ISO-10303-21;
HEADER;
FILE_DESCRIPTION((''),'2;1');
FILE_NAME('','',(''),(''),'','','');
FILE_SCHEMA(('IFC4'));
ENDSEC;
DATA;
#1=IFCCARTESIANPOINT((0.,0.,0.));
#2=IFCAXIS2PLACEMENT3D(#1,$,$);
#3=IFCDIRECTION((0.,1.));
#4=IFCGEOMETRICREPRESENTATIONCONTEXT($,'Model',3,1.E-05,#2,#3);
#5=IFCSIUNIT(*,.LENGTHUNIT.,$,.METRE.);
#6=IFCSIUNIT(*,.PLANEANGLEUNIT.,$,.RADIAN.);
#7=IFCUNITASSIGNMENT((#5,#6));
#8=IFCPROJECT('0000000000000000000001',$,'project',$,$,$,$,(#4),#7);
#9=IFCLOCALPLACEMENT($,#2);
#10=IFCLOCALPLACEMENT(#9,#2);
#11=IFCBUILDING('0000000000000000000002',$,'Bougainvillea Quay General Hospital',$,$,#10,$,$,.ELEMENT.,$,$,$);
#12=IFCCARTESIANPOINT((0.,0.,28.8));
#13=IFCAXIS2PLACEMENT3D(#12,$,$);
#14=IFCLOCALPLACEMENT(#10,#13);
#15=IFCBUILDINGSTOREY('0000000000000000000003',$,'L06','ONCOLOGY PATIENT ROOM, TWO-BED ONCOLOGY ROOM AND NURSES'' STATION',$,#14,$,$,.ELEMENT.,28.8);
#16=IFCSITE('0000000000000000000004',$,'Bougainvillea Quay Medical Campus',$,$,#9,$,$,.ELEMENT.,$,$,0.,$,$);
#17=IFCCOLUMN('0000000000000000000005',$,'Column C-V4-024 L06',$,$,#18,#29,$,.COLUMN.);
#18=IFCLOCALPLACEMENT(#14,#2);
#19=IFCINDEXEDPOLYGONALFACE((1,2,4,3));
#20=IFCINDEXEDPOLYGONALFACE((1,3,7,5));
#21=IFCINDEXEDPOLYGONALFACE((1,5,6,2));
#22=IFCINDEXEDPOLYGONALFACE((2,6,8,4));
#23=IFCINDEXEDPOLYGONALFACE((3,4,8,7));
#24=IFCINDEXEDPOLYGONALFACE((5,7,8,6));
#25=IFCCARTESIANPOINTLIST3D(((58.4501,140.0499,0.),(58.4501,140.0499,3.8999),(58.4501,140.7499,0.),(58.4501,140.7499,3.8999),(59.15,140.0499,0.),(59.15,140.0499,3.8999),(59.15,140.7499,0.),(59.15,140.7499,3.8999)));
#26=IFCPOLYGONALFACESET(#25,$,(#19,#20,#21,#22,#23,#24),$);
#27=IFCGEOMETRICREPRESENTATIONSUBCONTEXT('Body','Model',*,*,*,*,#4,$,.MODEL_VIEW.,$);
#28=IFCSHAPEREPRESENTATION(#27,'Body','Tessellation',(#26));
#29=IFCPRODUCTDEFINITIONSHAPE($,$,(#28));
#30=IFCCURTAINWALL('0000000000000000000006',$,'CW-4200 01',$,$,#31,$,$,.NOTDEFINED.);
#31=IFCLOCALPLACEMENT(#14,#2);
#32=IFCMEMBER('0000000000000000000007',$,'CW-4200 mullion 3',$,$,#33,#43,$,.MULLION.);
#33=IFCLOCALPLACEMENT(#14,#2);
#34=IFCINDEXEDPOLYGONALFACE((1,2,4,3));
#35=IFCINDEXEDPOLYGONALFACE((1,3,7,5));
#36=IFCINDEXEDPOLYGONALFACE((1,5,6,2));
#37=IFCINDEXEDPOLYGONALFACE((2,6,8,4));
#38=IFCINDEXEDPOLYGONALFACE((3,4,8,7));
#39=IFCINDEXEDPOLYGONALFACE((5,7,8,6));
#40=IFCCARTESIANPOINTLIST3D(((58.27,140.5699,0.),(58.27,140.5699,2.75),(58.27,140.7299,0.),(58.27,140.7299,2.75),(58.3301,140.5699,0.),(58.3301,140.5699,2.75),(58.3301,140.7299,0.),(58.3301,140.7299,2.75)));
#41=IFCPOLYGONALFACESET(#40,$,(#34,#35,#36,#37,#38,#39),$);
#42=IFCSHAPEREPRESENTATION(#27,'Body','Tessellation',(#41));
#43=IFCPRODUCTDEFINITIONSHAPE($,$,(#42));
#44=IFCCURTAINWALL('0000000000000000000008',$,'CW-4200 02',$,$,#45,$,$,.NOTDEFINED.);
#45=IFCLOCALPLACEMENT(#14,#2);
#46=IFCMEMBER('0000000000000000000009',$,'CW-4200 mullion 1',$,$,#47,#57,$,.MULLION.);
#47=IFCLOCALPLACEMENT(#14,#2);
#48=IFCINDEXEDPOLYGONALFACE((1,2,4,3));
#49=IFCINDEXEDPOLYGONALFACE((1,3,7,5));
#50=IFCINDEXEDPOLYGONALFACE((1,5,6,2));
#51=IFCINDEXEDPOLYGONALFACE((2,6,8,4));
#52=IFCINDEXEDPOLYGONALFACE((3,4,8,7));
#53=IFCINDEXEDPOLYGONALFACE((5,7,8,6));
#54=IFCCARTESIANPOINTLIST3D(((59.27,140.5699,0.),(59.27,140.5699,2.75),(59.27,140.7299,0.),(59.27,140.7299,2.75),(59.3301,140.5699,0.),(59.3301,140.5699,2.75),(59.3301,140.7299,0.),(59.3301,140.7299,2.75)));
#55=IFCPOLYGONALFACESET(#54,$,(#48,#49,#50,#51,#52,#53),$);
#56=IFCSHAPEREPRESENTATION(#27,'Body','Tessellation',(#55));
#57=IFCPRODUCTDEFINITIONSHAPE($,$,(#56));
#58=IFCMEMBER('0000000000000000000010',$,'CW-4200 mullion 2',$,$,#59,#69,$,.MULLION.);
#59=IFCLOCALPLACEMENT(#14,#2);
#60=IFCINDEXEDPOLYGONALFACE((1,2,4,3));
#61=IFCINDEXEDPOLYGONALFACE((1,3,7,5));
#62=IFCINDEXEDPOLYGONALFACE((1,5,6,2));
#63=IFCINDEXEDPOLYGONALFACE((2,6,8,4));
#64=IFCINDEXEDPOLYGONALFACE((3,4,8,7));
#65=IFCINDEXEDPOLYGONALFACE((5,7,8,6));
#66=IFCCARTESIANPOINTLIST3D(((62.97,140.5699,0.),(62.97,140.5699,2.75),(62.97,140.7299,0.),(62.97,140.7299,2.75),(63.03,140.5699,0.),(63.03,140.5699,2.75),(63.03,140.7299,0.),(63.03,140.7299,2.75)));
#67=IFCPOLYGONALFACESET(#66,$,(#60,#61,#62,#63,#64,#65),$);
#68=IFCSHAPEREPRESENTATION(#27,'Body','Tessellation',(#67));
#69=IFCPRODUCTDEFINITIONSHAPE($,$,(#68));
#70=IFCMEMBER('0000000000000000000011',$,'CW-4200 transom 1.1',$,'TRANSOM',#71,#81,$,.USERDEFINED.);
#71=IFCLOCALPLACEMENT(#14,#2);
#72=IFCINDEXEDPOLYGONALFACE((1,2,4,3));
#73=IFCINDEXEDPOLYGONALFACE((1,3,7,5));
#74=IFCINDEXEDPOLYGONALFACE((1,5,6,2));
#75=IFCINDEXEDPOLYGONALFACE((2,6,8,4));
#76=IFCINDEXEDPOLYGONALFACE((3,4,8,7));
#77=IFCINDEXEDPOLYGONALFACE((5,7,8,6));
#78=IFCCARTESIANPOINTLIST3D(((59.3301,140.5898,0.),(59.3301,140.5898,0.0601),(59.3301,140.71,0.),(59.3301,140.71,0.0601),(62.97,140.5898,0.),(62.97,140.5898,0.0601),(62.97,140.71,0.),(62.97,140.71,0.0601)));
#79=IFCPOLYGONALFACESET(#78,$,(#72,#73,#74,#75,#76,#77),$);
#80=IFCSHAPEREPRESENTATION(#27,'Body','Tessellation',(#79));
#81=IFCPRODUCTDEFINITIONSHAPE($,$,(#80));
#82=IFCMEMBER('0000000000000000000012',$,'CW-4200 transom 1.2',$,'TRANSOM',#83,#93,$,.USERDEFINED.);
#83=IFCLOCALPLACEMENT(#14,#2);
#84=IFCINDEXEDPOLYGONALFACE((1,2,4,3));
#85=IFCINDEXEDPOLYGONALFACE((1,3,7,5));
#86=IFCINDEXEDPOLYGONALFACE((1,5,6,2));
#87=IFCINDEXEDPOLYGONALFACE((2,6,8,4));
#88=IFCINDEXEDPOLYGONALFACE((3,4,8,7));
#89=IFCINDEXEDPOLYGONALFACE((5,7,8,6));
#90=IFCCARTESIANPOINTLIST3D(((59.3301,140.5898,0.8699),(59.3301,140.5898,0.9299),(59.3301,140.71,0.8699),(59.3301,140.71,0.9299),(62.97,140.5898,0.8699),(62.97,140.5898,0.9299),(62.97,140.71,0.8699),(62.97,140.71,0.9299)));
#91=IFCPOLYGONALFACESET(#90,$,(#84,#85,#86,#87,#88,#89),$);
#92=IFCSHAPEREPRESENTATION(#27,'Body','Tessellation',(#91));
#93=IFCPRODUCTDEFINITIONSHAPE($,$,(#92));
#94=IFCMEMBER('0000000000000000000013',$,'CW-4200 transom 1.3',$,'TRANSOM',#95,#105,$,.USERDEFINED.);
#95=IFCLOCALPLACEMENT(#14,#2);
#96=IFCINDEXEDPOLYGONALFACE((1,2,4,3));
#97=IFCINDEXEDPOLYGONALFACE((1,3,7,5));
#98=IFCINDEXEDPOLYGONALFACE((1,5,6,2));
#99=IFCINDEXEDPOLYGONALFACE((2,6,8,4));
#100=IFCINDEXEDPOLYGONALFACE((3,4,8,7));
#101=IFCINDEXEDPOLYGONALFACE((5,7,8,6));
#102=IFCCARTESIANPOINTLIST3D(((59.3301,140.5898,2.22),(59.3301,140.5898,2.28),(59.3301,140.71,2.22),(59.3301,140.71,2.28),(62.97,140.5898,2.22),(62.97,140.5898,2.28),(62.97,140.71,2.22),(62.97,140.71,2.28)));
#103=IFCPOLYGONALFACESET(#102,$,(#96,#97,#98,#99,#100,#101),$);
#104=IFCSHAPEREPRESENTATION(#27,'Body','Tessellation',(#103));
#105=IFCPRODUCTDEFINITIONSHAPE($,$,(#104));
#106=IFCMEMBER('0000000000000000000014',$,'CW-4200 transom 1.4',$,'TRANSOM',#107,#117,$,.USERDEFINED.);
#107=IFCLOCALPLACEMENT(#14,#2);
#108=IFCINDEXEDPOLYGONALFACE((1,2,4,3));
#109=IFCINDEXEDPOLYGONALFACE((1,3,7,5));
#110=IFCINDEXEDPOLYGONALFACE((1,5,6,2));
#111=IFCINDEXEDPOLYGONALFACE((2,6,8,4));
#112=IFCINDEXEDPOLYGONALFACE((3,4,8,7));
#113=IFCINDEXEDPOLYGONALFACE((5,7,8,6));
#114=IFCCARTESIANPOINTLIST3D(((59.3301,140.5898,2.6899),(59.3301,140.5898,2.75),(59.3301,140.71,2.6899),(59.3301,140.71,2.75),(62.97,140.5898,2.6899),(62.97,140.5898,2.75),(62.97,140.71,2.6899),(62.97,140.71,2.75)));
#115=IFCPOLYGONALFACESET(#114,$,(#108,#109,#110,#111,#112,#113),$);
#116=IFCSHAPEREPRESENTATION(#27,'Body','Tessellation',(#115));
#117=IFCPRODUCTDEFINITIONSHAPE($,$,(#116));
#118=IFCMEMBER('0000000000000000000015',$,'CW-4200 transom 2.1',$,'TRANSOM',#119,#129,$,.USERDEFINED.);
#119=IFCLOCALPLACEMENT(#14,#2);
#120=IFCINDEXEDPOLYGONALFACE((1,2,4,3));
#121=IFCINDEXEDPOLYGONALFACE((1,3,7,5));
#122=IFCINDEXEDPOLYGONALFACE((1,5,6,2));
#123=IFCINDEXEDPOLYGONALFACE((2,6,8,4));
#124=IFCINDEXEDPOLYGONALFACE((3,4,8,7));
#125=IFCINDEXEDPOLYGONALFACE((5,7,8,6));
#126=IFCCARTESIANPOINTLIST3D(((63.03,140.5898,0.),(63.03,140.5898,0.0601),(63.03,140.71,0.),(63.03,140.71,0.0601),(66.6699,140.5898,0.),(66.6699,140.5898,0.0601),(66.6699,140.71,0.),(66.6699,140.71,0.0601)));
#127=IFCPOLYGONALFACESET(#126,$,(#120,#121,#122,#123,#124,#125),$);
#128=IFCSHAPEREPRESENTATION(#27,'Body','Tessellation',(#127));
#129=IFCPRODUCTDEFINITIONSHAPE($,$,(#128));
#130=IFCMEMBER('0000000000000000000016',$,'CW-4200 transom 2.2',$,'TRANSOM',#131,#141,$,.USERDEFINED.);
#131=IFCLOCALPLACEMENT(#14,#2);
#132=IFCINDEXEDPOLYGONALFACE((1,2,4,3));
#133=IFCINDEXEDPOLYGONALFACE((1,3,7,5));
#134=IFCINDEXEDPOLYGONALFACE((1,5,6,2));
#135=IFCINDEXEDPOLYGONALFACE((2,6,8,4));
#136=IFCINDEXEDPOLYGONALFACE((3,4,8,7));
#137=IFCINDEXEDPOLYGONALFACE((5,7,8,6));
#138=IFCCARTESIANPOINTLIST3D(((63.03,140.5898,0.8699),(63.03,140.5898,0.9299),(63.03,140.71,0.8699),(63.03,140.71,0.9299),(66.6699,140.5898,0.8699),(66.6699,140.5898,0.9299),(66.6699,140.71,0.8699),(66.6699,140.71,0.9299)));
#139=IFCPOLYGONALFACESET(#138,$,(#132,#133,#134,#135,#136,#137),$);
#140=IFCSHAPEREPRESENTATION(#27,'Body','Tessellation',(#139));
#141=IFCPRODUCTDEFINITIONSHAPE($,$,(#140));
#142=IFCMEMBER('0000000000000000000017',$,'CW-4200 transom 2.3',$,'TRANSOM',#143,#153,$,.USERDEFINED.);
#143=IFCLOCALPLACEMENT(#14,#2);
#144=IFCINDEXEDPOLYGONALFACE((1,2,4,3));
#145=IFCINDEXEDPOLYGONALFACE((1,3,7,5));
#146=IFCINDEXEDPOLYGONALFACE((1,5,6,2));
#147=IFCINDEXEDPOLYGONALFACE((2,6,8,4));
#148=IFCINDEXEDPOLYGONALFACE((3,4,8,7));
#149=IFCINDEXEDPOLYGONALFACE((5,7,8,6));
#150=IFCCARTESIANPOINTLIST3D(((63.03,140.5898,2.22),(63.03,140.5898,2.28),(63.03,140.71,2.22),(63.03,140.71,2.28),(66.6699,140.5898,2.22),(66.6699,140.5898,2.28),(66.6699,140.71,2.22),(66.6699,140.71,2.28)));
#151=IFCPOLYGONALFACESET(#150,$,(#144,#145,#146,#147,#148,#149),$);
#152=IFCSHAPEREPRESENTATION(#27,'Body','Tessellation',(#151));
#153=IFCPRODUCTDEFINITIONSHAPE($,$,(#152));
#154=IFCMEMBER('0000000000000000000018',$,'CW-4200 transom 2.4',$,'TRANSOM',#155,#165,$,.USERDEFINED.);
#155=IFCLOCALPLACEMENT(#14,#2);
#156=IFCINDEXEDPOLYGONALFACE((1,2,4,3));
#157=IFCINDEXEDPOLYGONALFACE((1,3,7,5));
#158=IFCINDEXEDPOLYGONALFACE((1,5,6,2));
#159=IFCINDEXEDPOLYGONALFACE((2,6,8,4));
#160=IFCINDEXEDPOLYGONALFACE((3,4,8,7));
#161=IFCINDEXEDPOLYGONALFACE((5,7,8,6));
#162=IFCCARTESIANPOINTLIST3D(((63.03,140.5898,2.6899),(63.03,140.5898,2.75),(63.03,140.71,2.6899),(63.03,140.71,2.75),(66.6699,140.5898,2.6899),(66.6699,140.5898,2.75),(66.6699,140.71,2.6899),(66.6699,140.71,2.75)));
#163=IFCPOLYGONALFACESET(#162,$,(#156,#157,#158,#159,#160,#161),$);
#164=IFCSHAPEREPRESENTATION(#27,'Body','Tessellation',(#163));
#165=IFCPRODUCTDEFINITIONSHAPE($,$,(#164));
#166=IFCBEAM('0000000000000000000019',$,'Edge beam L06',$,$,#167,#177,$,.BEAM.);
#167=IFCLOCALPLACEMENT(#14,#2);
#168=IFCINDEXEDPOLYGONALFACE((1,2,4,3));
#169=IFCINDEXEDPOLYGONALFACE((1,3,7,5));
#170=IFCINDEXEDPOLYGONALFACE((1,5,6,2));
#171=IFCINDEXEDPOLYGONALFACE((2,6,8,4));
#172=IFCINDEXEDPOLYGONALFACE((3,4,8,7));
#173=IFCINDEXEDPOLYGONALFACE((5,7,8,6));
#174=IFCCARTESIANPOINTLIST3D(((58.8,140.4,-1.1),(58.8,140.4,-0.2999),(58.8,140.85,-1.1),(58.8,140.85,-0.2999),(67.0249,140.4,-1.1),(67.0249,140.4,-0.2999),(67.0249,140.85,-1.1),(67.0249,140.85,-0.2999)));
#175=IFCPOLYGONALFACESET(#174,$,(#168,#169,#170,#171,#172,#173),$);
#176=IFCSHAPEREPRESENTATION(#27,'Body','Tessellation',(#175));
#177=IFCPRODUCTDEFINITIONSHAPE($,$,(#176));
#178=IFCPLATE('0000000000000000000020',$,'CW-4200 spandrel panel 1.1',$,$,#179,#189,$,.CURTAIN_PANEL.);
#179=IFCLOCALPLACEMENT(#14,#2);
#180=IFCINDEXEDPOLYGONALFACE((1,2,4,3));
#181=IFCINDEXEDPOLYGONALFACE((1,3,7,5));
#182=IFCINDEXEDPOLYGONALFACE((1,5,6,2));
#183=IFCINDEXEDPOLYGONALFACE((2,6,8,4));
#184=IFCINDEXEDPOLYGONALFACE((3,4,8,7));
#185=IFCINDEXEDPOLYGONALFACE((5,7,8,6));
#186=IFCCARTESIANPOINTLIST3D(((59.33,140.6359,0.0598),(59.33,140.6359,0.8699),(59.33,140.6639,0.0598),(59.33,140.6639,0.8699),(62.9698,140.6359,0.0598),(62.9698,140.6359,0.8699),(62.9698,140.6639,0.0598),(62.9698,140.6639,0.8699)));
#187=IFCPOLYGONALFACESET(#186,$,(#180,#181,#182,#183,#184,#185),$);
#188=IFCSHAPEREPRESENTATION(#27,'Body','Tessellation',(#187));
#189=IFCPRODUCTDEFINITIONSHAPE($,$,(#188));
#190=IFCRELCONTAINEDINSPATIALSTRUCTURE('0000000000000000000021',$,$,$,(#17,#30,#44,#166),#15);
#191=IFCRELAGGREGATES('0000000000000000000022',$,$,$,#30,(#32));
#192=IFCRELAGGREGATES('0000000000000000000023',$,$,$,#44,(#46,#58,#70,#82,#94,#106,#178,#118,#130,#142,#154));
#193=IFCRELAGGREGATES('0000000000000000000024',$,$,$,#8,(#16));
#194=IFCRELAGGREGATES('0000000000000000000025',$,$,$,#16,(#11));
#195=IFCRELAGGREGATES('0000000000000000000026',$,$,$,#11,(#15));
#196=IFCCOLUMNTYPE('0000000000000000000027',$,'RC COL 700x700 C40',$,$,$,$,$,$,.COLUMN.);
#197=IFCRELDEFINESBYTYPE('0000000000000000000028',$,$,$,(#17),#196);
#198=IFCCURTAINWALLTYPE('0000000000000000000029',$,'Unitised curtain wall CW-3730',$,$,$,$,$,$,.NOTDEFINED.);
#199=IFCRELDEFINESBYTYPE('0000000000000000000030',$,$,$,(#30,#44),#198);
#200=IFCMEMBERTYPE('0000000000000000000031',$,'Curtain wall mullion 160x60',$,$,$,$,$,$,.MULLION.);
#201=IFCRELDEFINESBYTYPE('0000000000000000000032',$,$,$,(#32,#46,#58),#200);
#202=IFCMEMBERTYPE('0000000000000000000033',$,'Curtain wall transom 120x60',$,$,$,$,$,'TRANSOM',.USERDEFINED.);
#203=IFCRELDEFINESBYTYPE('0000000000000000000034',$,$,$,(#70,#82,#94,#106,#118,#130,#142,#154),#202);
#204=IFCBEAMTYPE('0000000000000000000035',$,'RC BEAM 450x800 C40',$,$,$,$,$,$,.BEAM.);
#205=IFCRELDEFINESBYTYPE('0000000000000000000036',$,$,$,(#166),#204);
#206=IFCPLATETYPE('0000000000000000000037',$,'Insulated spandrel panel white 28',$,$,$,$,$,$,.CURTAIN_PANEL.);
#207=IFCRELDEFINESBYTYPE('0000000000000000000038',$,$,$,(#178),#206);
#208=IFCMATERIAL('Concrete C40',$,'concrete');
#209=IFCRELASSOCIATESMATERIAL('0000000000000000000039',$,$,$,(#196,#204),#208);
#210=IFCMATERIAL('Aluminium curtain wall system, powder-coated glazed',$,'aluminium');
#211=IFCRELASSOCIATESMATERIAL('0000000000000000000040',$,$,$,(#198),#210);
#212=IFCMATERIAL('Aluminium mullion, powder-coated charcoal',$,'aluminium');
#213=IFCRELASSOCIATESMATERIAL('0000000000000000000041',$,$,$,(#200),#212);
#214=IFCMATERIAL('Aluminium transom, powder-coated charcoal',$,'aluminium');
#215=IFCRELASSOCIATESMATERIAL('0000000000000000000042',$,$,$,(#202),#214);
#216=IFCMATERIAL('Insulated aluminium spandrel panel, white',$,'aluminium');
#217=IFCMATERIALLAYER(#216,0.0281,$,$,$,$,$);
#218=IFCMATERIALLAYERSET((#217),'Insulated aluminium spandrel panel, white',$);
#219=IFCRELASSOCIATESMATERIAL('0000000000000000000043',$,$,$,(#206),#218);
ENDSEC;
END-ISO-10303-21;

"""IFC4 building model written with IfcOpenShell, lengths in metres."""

from ifc_helpers import new_model, si_unit, direction, frame, origin, origin_2d, place, context, subcontext, project, spatial, rectangle, extrude, material, layer, layer_set, material_profile, profile_set, type_object, element, aggregate, save


model = new_model("IFC4")

# Units and contexts
model_context = context("Model", 3, precision=1e-05, world=origin(), true_north=direction((0.0, 1.0)))
body_context = subcontext(model_context, "Body", "Model", "MODEL_VIEW")
ifc_project = project(units=[si_unit("LENGTHUNIT", "METRE"), si_unit("PLANEANGLEUNIT", "RADIAN")], contexts=[model_context])

# Site, building, storey
site_placement = place(None, origin())
site = spatial("IfcSite", under=ifc_project, at=site_placement, Name="Bougainvillea Quay Medical Campus", CompositionType="ELEMENT", RefElevation=0.0)
building_placement = place(site_placement, origin())
building = spatial("IfcBuilding", under=site, at=building_placement, Name="Bougainvillea Quay General Hospital", CompositionType="ELEMENT")
storey_placement = place(building_placement, frame((0.0, 0.0, 28.8)))
storey = spatial("IfcBuildingStorey", under=building, at=storey_placement, Name="L06", Description="ONCOLOGY PATIENT ROOM, TWO-BED ONCOLOGY ROOM AND NURSES' STATION", CompositionType="ELEMENT", Elevation=28.8)

# Column
ifc_material_1 = material(Name="Concrete C40", Category="concrete")
ifc_material_profile_1 = material_profile(ifc_material_1, rectangle(XDim=0.7, YDim=0.7, at=origin_2d()))
ifc_profile_set_1 = profile_set([ifc_material_profile_1], Name="Concrete C40")
column_type = type_object("IfcColumnType", Name="RC COL 700x700 C40", PredefinedType="COLUMN", material=ifc_profile_set_1)
column_placement = place(storey_placement, frame((58.8, 140.3999, 0.0), z_axis=(0.0, 0.0, 1.0), x_axis=(1.0, 0.0, 0.0)))
element("IfcColumn", 1, at=column_placement, inside=storey, type_object=column_type, Name="Column C-V4-024 L06", PredefinedType="COLUMN", context=body_context, shape_type="SweptSolid", body=[
    extrude(rectangle(XDim=0.7, YDim=0.7, at=origin_2d()), origin(), (0.0, 0.0, 1.0), 3.8999),
])

# Curtain wall, member
ifc_material_2 = material(Name="Aluminium curtain wall system, powder-coated glazed", Category="aluminium")
curtain_wall_type = type_object("IfcCurtainWallType", Name="Unitised curtain wall CW-3730", PredefinedType="NOTDEFINED", material=ifc_material_2)
curtain_wall_1_placement = place(storey_placement, origin())
curtain_wall_1 = element("IfcCurtainWall", 2, at=curtain_wall_1_placement, inside=storey, type_object=curtain_wall_type, Name="CW-4200 01", PredefinedType="NOTDEFINED")
ifc_material_3 = material(Name="Aluminium mullion, powder-coated charcoal", Category="aluminium")
ifc_material_profile_2 = material_profile(ifc_material_3, rectangle(XDim=0.1599, YDim=0.0601, at=origin_2d()))
ifc_profile_set_2 = profile_set([ifc_material_profile_2], Name="Aluminium mullion, powder-coated charcoal")
member_type_1 = type_object("IfcMemberType", Name="Curtain wall mullion 160x60", PredefinedType="MULLION", material=ifc_profile_set_2)
member_1_placement = place(storey_placement, frame((58.3, 140.6499, 0.0), z_axis=(0.0, 0.0, 1.0), x_axis=(0.0, 1.0, 0.0)))
member_1 = element("IfcMember", 3, at=member_1_placement, type_object=member_type_1, Name="CW-4200 mullion 3", PredefinedType="MULLION", context=body_context, shape_type="SweptSolid", body=[
    extrude(rectangle(XDim=0.1599, YDim=0.0601, at=origin_2d()), origin(), (0.0, 0.0, 1.0), 2.75),
])
aggregate(curtain_wall_1, [member_1])

# Curtain wall, members
curtain_wall_2_placement = place(storey_placement, origin())
curtain_wall_2 = element("IfcCurtainWall", 4, at=curtain_wall_2_placement, inside=storey, type_object=curtain_wall_type, Name="CW-4200 02", PredefinedType="NOTDEFINED")
member_2_placement = place(storey_placement, frame((59.3, 140.6499, 0.0), z_axis=(0.0, 0.0, 1.0), x_axis=(0.0, 1.0, 0.0)))
member_2 = element("IfcMember", 5, at=member_2_placement, type_object=member_type_1, Name="CW-4200 mullion 1", PredefinedType="MULLION", context=body_context, shape_type="SweptSolid", body=[
    extrude(rectangle(XDim=0.1599, YDim=0.0601, at=origin_2d()), origin(), (0.0, 0.0, 1.0), 2.75),
])
member_3_placement = place(storey_placement, frame((63.0, 140.6499, 0.0), z_axis=(0.0, 0.0, 1.0), x_axis=(0.0, 1.0, 0.0)))
member_3 = element("IfcMember", 6, at=member_3_placement, type_object=member_type_1, Name="CW-4200 mullion 2", PredefinedType="MULLION", context=body_context, shape_type="SweptSolid", body=[
    extrude(rectangle(XDim=0.1599, YDim=0.0601, at=origin_2d()), origin(), (0.0, 0.0, 1.0), 2.75),
])
ifc_material_4 = material(Name="Aluminium transom, powder-coated charcoal", Category="aluminium")
ifc_material_profile_3 = material_profile(ifc_material_4, rectangle(XDim=0.1201, YDim=0.0601, at=origin_2d()))
ifc_profile_set_3 = profile_set([ifc_material_profile_3], Name="Aluminium transom, powder-coated charcoal")
member_type_2 = type_object("IfcMemberType", Name="Curtain wall transom 120x60", ElementType="TRANSOM", PredefinedType="USERDEFINED", material=ifc_profile_set_3)
member_4_placement = place(storey_placement, frame((59.3301, 140.6499, 0.03), z_axis=(1.0, 0.0, 0.0), x_axis=(0.0, 1.0, 0.0)))
member_4 = element("IfcMember", 7, at=member_4_placement, type_object=member_type_2, Name="CW-4200 transom 1.1", ObjectType="TRANSOM", PredefinedType="USERDEFINED", context=body_context, shape_type="SweptSolid", body=[
    extrude(rectangle(XDim=0.1201, YDim=0.0601, at=origin_2d()), origin(), (0.0, 0.0, 1.0), 3.6399),
])
member_5_placement = place(storey_placement, frame((59.3301, 140.6499, 0.8999), z_axis=(1.0, 0.0, 0.0), x_axis=(0.0, 1.0, 0.0)))
member_5 = element("IfcMember", 8, at=member_5_placement, type_object=member_type_2, Name="CW-4200 transom 1.2", ObjectType="TRANSOM", PredefinedType="USERDEFINED", context=body_context, shape_type="SweptSolid", body=[
    extrude(rectangle(XDim=0.1201, YDim=0.0601, at=origin_2d()), origin(), (0.0, 0.0, 1.0), 3.6399),
])
member_6_placement = place(storey_placement, frame((59.3301, 140.6499, 2.25), z_axis=(1.0, 0.0, 0.0), x_axis=(0.0, 1.0, 0.0)))
member_6 = element("IfcMember", 9, at=member_6_placement, type_object=member_type_2, Name="CW-4200 transom 1.3", ObjectType="TRANSOM", PredefinedType="USERDEFINED", context=body_context, shape_type="SweptSolid", body=[
    extrude(rectangle(XDim=0.1201, YDim=0.0601, at=origin_2d()), origin(), (0.0, 0.0, 1.0), 3.6399),
])
member_7_placement = place(storey_placement, frame((59.3301, 140.6499, 2.72), z_axis=(1.0, 0.0, 0.0), x_axis=(0.0, 1.0, 0.0)))
member_7 = element("IfcMember", 10, at=member_7_placement, type_object=member_type_2, Name="CW-4200 transom 1.4", ObjectType="TRANSOM", PredefinedType="USERDEFINED", context=body_context, shape_type="SweptSolid", body=[
    extrude(rectangle(XDim=0.1201, YDim=0.0601, at=origin_2d()), origin(), (0.0, 0.0, 1.0), 3.6399),
])
member_8_placement = place(storey_placement, frame((63.03, 140.6499, 0.03), z_axis=(1.0, 0.0, 0.0), x_axis=(0.0, 1.0, 0.0)))
member_8 = element("IfcMember", 11, at=member_8_placement, type_object=member_type_2, Name="CW-4200 transom 2.1", ObjectType="TRANSOM", PredefinedType="USERDEFINED", context=body_context, shape_type="SweptSolid", body=[
    extrude(rectangle(XDim=0.1201, YDim=0.0601, at=origin_2d()), origin(), (0.0, 0.0, 1.0), 3.6399),
])
member_9_placement = place(storey_placement, frame((63.03, 140.6499, 0.8999), z_axis=(1.0, 0.0, 0.0), x_axis=(0.0, 1.0, 0.0)))
member_9 = element("IfcMember", 12, at=member_9_placement, type_object=member_type_2, Name="CW-4200 transom 2.2", ObjectType="TRANSOM", PredefinedType="USERDEFINED", context=body_context, shape_type="SweptSolid", body=[
    extrude(rectangle(XDim=0.1201, YDim=0.0601, at=origin_2d()), origin(), (0.0, 0.0, 1.0), 3.6399),
])
member_10_placement = place(storey_placement, frame((63.03, 140.6499, 2.25), z_axis=(1.0, 0.0, 0.0), x_axis=(0.0, 1.0, 0.0)))
member_10 = element("IfcMember", 13, at=member_10_placement, type_object=member_type_2, Name="CW-4200 transom 2.3", ObjectType="TRANSOM", PredefinedType="USERDEFINED", context=body_context, shape_type="SweptSolid", body=[
    extrude(rectangle(XDim=0.1201, YDim=0.0601, at=origin_2d()), origin(), (0.0, 0.0, 1.0), 3.6399),
])
member_11_placement = place(storey_placement, frame((63.03, 140.6499, 2.72), z_axis=(1.0, 0.0, 0.0), x_axis=(0.0, 1.0, 0.0)))
member_11 = element("IfcMember", 14, at=member_11_placement, type_object=member_type_2, Name="CW-4200 transom 2.4", ObjectType="TRANSOM", PredefinedType="USERDEFINED", context=body_context, shape_type="SweptSolid", body=[
    extrude(rectangle(XDim=0.1201, YDim=0.0601, at=origin_2d()), origin(), (0.0, 0.0, 1.0), 3.6399),
])

# Beam
ifc_material_profile_4 = material_profile(ifc_material_1, rectangle(XDim=0.45, YDim=0.8, at=origin_2d()))
ifc_profile_set_4 = profile_set([ifc_material_profile_4], Name="Concrete C40")
beam_type = type_object("IfcBeamType", Name="RC BEAM 450x800 C40", PredefinedType="BEAM", material=ifc_profile_set_4)
beam_placement = place(storey_placement, frame((58.8, 140.625, -0.7), z_axis=(1.0, 0.0, 0.0), x_axis=(0.0, 1.0, 0.0)))
element("IfcBeam", 15, at=beam_placement, inside=storey, type_object=beam_type, Name="Edge beam L06", PredefinedType="BEAM", context=body_context, shape_type="SweptSolid", body=[
    extrude(rectangle(XDim=0.45, YDim=0.8, at=origin_2d()), origin(), (0.0, 0.0, 1.0), 8.2249),
])

# Plate
ifc_material_5 = material(Name="Insulated aluminium spandrel panel, white", Category="aluminium")
ifc_layer_1 = layer(ifc_material_5, 0.0281)
ifc_layer_set_1 = layer_set([ifc_layer_1], Name="Insulated aluminium spandrel panel, white")
plate_type_1 = type_object("IfcPlateType", Name="Insulated spandrel panel white 28", PredefinedType="CURTAIN_PANEL", material=ifc_layer_set_1)
plate_1_placement = place(storey_placement, frame((61.1499, 140.6499, 0.0598), z_axis=(0.0, 0.0, 1.0), x_axis=(1.0, 0.0, 0.0)))
plate_1 = element("IfcPlate", 16, at=plate_1_placement, type_object=plate_type_1, Name="CW-4200 spandrel panel 1.1", PredefinedType="CURTAIN_PANEL", context=body_context, shape_type="SweptSolid", body=[
    extrude(rectangle(XDim=3.6399, YDim=0.0281, at=origin_2d()), origin(), (0.0, 0.0, 1.0), 0.8101),
])
aggregate(curtain_wall_2, [member_2, member_3, member_4, member_5, member_6, member_7, plate_1, member_8, member_9, member_10, member_11])

save(model, "model.ifc")
